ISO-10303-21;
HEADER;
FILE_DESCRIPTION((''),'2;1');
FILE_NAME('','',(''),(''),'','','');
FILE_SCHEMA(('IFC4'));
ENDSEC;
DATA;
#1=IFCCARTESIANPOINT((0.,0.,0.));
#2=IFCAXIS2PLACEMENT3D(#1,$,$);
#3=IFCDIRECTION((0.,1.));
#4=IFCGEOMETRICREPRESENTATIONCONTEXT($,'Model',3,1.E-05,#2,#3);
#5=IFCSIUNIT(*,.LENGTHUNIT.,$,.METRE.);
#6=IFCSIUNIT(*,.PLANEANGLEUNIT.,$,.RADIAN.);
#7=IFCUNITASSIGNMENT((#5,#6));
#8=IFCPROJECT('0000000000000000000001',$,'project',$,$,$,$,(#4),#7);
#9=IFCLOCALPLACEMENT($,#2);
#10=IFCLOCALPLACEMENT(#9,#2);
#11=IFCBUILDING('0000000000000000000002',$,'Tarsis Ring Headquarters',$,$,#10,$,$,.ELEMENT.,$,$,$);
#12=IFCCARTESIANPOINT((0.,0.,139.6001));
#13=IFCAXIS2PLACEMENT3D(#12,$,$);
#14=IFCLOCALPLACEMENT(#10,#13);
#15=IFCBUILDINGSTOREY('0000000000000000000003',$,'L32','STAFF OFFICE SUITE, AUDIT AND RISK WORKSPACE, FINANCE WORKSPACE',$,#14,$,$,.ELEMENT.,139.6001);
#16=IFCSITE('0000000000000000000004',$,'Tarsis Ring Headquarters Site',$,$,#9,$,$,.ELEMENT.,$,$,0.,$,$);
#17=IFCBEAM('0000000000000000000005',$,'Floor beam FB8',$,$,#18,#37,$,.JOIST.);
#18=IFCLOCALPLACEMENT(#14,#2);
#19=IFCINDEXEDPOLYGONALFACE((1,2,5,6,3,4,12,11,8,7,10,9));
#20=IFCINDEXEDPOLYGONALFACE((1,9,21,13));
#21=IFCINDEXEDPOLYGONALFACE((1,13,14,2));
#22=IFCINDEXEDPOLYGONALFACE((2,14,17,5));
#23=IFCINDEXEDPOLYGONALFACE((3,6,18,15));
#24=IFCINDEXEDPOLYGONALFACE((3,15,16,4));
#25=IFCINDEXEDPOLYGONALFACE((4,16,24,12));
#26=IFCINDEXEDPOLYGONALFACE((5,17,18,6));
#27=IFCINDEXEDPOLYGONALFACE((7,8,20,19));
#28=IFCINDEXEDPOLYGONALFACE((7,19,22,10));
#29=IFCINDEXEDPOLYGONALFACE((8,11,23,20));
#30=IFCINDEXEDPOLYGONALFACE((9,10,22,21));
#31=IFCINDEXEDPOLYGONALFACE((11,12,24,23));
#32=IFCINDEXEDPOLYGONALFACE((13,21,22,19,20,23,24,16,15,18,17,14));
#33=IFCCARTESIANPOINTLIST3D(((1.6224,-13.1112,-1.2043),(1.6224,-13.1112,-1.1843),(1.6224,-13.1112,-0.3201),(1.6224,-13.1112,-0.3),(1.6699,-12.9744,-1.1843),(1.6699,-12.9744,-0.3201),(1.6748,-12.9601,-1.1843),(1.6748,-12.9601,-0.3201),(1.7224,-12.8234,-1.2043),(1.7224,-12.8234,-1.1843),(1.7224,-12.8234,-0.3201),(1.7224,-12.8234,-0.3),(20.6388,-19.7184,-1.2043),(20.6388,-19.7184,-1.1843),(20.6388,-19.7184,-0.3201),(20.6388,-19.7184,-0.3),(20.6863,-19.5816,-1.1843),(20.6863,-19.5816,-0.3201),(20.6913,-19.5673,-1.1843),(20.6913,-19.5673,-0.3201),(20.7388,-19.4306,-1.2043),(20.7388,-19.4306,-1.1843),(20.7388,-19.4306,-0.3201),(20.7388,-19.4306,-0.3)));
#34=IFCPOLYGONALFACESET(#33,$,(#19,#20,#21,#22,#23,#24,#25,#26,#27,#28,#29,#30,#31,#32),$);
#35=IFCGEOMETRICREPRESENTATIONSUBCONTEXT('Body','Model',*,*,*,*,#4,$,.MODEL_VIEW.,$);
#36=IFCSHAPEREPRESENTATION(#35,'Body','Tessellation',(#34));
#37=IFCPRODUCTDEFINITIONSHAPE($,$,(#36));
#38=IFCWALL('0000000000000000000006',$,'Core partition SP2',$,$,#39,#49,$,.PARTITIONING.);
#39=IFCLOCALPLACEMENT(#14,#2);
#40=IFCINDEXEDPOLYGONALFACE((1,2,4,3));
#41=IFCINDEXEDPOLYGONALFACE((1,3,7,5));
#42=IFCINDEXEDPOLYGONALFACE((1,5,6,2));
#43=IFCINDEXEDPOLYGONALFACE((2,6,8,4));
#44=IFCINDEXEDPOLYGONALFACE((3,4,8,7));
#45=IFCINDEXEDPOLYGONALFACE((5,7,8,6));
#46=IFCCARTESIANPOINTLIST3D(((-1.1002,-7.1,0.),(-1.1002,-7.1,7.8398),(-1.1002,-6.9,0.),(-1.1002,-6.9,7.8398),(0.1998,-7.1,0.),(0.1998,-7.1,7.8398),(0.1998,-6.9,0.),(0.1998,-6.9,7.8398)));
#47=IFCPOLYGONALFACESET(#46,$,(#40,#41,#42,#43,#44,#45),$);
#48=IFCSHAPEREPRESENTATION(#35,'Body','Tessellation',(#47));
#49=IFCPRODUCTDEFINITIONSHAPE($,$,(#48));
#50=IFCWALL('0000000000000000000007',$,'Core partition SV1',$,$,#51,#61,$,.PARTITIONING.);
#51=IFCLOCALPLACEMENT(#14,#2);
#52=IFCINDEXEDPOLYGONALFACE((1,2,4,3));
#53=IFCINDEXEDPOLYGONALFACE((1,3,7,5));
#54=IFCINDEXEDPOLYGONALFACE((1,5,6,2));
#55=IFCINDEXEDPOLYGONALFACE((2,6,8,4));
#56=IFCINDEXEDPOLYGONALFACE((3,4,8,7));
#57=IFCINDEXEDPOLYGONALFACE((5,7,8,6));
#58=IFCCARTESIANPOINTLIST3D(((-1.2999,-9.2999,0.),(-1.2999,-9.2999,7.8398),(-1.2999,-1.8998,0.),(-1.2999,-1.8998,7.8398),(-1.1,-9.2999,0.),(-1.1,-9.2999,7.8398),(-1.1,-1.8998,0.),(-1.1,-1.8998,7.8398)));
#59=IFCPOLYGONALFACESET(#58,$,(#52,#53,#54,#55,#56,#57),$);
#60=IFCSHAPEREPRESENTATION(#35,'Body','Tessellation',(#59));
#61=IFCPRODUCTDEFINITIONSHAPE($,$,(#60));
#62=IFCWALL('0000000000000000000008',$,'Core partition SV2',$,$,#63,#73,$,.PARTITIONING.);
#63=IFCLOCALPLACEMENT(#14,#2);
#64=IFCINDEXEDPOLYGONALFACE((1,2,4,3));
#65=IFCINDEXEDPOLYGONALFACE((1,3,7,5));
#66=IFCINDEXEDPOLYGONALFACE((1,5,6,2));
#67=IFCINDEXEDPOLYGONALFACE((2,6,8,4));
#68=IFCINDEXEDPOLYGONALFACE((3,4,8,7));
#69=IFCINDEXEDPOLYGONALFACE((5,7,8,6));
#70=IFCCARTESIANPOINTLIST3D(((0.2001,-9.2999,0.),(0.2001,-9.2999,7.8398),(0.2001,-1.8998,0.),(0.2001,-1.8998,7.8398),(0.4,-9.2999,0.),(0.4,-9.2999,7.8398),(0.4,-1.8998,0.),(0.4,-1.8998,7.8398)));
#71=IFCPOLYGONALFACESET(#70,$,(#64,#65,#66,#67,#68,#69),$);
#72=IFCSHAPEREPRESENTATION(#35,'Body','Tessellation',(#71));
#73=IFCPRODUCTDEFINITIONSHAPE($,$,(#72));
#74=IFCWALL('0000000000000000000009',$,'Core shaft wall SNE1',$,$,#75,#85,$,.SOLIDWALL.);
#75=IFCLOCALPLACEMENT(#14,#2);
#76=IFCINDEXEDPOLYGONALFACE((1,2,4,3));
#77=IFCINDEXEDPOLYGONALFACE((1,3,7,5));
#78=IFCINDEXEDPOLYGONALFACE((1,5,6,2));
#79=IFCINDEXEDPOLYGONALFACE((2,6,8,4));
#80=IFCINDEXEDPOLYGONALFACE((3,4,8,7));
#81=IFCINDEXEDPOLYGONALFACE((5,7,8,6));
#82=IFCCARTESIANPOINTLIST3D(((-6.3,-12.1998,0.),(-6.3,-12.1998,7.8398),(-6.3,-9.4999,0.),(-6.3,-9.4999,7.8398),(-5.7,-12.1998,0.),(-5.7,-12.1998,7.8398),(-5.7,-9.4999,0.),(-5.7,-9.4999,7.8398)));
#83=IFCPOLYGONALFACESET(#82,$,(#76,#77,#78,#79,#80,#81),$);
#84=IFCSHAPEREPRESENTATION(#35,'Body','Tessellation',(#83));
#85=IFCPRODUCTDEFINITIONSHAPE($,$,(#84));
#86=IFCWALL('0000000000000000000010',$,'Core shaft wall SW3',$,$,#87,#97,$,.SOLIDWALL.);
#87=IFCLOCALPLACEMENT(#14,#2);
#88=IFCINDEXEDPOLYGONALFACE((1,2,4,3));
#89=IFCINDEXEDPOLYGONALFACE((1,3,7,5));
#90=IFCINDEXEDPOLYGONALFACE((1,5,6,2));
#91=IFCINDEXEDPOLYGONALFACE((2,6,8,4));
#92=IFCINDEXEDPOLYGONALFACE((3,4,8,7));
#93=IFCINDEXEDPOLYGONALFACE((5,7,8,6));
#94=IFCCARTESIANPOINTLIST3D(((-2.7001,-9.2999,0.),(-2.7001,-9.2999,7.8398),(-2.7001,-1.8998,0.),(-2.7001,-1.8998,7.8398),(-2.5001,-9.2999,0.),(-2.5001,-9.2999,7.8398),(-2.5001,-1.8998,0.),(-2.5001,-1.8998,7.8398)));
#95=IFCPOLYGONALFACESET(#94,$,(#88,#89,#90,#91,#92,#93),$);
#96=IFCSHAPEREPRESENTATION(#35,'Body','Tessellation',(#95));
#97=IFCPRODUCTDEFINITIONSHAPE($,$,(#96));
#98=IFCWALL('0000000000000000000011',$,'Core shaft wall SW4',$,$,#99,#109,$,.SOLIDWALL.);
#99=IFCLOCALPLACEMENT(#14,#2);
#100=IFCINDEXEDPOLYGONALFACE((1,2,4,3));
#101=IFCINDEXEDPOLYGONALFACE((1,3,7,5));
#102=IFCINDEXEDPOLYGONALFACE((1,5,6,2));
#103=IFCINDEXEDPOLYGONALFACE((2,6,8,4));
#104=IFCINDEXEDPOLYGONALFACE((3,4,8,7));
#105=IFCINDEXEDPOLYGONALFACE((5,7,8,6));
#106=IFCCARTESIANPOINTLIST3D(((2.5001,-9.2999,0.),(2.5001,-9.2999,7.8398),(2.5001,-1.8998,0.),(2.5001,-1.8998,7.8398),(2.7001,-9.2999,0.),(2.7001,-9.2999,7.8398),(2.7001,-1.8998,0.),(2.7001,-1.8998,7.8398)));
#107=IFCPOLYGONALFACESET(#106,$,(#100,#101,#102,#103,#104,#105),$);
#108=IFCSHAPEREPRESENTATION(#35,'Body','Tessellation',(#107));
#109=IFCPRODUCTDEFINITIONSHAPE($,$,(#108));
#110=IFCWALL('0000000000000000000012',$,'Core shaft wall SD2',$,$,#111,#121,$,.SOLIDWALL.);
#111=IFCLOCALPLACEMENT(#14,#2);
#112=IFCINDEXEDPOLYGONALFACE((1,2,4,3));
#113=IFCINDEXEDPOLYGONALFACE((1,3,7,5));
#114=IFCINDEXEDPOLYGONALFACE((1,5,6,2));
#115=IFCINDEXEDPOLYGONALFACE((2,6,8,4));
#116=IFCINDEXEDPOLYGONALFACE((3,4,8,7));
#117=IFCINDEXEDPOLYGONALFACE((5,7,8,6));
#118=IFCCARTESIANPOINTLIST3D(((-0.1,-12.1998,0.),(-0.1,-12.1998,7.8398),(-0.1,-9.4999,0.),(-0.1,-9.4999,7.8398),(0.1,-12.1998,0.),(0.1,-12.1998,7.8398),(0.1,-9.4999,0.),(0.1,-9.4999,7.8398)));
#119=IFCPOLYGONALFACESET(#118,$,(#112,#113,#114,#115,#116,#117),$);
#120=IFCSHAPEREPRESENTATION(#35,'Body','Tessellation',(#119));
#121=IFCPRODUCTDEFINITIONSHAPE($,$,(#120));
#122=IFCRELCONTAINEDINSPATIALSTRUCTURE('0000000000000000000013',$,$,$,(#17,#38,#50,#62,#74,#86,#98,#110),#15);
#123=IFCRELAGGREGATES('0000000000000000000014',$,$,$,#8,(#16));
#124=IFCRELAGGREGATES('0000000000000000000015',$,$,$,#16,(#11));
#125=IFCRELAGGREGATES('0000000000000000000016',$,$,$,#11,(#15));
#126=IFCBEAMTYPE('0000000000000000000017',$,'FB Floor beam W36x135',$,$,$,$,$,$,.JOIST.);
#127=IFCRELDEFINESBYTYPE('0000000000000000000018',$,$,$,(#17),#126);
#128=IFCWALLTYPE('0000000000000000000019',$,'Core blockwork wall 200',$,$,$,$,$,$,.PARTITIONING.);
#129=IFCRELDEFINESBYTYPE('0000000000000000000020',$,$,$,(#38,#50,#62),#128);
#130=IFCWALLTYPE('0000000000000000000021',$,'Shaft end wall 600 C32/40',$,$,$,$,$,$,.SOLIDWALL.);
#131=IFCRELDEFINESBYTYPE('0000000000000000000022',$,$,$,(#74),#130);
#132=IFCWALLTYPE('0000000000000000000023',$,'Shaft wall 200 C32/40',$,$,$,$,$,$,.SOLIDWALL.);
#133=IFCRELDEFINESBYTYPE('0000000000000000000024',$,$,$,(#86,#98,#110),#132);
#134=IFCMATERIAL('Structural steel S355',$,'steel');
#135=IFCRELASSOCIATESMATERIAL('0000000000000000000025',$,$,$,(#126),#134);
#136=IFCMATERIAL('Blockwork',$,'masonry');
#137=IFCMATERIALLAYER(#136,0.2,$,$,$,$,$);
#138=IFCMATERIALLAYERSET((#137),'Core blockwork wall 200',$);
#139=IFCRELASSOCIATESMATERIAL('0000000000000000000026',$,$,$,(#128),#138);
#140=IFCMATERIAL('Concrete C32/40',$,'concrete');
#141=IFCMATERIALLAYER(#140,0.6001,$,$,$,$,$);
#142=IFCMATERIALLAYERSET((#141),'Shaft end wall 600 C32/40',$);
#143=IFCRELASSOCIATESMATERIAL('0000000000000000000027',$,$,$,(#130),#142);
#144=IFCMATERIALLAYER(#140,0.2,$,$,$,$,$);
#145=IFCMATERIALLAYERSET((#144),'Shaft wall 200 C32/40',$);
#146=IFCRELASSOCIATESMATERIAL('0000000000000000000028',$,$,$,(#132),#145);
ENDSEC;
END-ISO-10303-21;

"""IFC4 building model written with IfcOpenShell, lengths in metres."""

from ifc_helpers import new_model, si_unit, direction, frame, frame_2d, origin, origin_2d, place, context, subcontext, project, spatial, rectangle, i_section, extrude, material, layer, layer_set, material_profile, profile_set, type_object, element, save


model = new_model("IFC4")

# Units and contexts
model_context = context("Model", 3, precision=1e-05, world=origin(), true_north=direction((0.0, 1.0)))
body_context = subcontext(model_context, "Body", "Model", "MODEL_VIEW")
ifc_project = project(units=[si_unit("LENGTHUNIT", "METRE"), si_unit("PLANEANGLEUNIT", "RADIAN")], contexts=[model_context])

# Site, building, storey
site_placement = place(None, origin())
site = spatial("IfcSite", under=ifc_project, at=site_placement, Name="Tarsis Ring Headquarters Site", CompositionType="ELEMENT", RefElevation=0.0)
building_placement = place(site_placement, origin())
building = spatial("IfcBuilding", under=site, at=building_placement, Name="Tarsis Ring Headquarters", CompositionType="ELEMENT")
storey_placement = place(building_placement, frame((0.0, 0.0, 139.6001)))
storey = spatial("IfcBuildingStorey", under=building, at=storey_placement, Name="L32", Description="STAFF OFFICE SUITE, AUDIT AND RISK WORKSPACE, FINANCE WORKSPACE", CompositionType="ELEMENT", Elevation=139.6001)

# Beam
ifc_material_1 = material(Name="Structural steel S355", Category="steel")
ifc_material_profile_1 = material_profile(ifc_material_1, i_section(OverallWidth=0.3047, OverallDepth=0.9043, WebThickness=0.0151, FlangeThickness=0.02, at=origin_2d()), Name="W36x135")
ifc_profile_set_1 = profile_set([ifc_material_profile_1], Name="Structural steel S355")
beam_type = type_object("IfcBeamType", Name="FB Floor beam W36x135", PredefinedType="JOIST", material=ifc_profile_set_1)
beam_placement = place(storey_placement, frame((1.6724, -12.9673, -0.7522), z_axis=(0.944608, -0.328201, 0.0), x_axis=(0.328201, 0.944608, 0.0)))
element("IfcBeam", 1, at=beam_placement, inside=storey, type_object=beam_type, Name="Floor beam FB8", PredefinedType="JOIST", context=body_context, shape_type="SweptSolid", body=[
    extrude(i_section(OverallWidth=0.3047, OverallDepth=0.9043, WebThickness=0.0151, FlangeThickness=0.02, at=origin_2d()), origin(), (0.0, 0.0, 1.0), 20.1316),
])

# Walls
ifc_material_2 = material(Name="Blockwork", Category="masonry")
ifc_layer_1 = layer(ifc_material_2, 0.2)
ifc_layer_set_1 = layer_set([ifc_layer_1], Name="Core blockwork wall 200")
wall_type_1 = type_object("IfcWallType", Name="Core blockwork wall 200", PredefinedType="PARTITIONING", material=ifc_layer_set_1)
wall_1_placement = place(storey_placement, frame((-1.1001, -7.0, 0.0), z_axis=(0.0, 0.0, 1.0), x_axis=(1.0, 0.0, 0.0)))
element("IfcWall", 2, at=wall_1_placement, inside=storey, type_object=wall_type_1, Name="Core partition SP2", PredefinedType="PARTITIONING", context=body_context, shape_type="SweptSolid", body=[
    extrude(rectangle(XDim=1.3, YDim=0.2, at=frame_2d((0.6499, 0.0))), origin(), (0.0, 0.0, 1.0), 7.8398),
])
for number, where, z_axis, x_axis, name in (
    (3, (-1.2, -9.3, 0.0), (0.0, 0.0, 1.0), (0.0, 1.0, 0.0), "Core partition SV1"),
    (4, (0.3, -9.3, 0.0), (0.0, 0.0, 1.0), (0.0, 1.0, 0.0), "Core partition SV2"),
):
    element("IfcWall", number, at=place(storey_placement, frame(where, z_axis=z_axis, x_axis=x_axis)), inside=storey, type_object=wall_type_1, Name=name, PredefinedType="PARTITIONING", context=body_context, shape_type="SweptSolid", body=[
        extrude(rectangle(XDim=7.4001, YDim=0.2, at=frame_2d((3.7002, 0.0))), origin(), (0.0, 0.0, 1.0), 7.8398),
    ])
ifc_material_3 = material(Name="Concrete C32/40", Category="concrete")
ifc_layer_2 = layer(ifc_material_3, 0.6001)
ifc_layer_set_2 = layer_set([ifc_layer_2], Name="Shaft end wall 600 C32/40")
wall_type_2 = type_object("IfcWallType", Name="Shaft end wall 600 C32/40", PredefinedType="SOLIDWALL", material=ifc_layer_set_2)
wall_2_placement = place(storey_placement, frame((-6.0, -12.2, 0.0), z_axis=(0.0, 0.0, 1.0), x_axis=(0.0, 1.0, 0.0)))
element("IfcWall", 5, at=wall_2_placement, inside=storey, type_object=wall_type_2, Name="Core shaft wall SNE1", PredefinedType="SOLIDWALL", context=body_context, shape_type="SweptSolid", body=[
    extrude(rectangle(XDim=2.7, YDim=0.6001, at=frame_2d((1.3501, 0.0))), origin(), (0.0, 0.0, 1.0), 7.8398),
])
ifc_layer_3 = layer(ifc_material_3, 0.2)
ifc_layer_set_3 = layer_set([ifc_layer_3], Name="Shaft wall 200 C32/40")
wall_type_3 = type_object("IfcWallType", Name="Shaft wall 200 C32/40", PredefinedType="SOLIDWALL", material=ifc_layer_set_3)
for number, where, z_axis, x_axis, name in (
    (6, (-2.6001, -9.3, 0.0), (0.0, 0.0, 1.0), (0.0, 1.0, 0.0), "Core shaft wall SW3"),
    (7, (2.6001, -9.3, 0.0), (0.0, 0.0, 1.0), (0.0, 1.0, 0.0), "Core shaft wall SW4"),
):
    element("IfcWall", number, at=place(storey_placement, frame(where, z_axis=z_axis, x_axis=x_axis)), inside=storey, type_object=wall_type_3, Name=name, PredefinedType="SOLIDWALL", context=body_context, shape_type="SweptSolid", body=[
        extrude(rectangle(XDim=7.4001, YDim=0.2, at=frame_2d((3.7002, 0.0))), origin(), (0.0, 0.0, 1.0), 7.8398),
    ])
wall_3_placement = place(storey_placement, frame((0.0, -12.2, 0.0), z_axis=(0.0, 0.0, 1.0), x_axis=(0.0, 1.0, 0.0)))
element("IfcWall", 8, at=wall_3_placement, inside=storey, type_object=wall_type_3, Name="Core shaft wall SD2", PredefinedType="SOLIDWALL", context=body_context, shape_type="SweptSolid", body=[
    extrude(rectangle(XDim=2.7, YDim=0.2, at=frame_2d((1.3501, 0.0))), origin(), (0.0, 0.0, 1.0), 7.8398),
])

save(model, "model.ifc")
